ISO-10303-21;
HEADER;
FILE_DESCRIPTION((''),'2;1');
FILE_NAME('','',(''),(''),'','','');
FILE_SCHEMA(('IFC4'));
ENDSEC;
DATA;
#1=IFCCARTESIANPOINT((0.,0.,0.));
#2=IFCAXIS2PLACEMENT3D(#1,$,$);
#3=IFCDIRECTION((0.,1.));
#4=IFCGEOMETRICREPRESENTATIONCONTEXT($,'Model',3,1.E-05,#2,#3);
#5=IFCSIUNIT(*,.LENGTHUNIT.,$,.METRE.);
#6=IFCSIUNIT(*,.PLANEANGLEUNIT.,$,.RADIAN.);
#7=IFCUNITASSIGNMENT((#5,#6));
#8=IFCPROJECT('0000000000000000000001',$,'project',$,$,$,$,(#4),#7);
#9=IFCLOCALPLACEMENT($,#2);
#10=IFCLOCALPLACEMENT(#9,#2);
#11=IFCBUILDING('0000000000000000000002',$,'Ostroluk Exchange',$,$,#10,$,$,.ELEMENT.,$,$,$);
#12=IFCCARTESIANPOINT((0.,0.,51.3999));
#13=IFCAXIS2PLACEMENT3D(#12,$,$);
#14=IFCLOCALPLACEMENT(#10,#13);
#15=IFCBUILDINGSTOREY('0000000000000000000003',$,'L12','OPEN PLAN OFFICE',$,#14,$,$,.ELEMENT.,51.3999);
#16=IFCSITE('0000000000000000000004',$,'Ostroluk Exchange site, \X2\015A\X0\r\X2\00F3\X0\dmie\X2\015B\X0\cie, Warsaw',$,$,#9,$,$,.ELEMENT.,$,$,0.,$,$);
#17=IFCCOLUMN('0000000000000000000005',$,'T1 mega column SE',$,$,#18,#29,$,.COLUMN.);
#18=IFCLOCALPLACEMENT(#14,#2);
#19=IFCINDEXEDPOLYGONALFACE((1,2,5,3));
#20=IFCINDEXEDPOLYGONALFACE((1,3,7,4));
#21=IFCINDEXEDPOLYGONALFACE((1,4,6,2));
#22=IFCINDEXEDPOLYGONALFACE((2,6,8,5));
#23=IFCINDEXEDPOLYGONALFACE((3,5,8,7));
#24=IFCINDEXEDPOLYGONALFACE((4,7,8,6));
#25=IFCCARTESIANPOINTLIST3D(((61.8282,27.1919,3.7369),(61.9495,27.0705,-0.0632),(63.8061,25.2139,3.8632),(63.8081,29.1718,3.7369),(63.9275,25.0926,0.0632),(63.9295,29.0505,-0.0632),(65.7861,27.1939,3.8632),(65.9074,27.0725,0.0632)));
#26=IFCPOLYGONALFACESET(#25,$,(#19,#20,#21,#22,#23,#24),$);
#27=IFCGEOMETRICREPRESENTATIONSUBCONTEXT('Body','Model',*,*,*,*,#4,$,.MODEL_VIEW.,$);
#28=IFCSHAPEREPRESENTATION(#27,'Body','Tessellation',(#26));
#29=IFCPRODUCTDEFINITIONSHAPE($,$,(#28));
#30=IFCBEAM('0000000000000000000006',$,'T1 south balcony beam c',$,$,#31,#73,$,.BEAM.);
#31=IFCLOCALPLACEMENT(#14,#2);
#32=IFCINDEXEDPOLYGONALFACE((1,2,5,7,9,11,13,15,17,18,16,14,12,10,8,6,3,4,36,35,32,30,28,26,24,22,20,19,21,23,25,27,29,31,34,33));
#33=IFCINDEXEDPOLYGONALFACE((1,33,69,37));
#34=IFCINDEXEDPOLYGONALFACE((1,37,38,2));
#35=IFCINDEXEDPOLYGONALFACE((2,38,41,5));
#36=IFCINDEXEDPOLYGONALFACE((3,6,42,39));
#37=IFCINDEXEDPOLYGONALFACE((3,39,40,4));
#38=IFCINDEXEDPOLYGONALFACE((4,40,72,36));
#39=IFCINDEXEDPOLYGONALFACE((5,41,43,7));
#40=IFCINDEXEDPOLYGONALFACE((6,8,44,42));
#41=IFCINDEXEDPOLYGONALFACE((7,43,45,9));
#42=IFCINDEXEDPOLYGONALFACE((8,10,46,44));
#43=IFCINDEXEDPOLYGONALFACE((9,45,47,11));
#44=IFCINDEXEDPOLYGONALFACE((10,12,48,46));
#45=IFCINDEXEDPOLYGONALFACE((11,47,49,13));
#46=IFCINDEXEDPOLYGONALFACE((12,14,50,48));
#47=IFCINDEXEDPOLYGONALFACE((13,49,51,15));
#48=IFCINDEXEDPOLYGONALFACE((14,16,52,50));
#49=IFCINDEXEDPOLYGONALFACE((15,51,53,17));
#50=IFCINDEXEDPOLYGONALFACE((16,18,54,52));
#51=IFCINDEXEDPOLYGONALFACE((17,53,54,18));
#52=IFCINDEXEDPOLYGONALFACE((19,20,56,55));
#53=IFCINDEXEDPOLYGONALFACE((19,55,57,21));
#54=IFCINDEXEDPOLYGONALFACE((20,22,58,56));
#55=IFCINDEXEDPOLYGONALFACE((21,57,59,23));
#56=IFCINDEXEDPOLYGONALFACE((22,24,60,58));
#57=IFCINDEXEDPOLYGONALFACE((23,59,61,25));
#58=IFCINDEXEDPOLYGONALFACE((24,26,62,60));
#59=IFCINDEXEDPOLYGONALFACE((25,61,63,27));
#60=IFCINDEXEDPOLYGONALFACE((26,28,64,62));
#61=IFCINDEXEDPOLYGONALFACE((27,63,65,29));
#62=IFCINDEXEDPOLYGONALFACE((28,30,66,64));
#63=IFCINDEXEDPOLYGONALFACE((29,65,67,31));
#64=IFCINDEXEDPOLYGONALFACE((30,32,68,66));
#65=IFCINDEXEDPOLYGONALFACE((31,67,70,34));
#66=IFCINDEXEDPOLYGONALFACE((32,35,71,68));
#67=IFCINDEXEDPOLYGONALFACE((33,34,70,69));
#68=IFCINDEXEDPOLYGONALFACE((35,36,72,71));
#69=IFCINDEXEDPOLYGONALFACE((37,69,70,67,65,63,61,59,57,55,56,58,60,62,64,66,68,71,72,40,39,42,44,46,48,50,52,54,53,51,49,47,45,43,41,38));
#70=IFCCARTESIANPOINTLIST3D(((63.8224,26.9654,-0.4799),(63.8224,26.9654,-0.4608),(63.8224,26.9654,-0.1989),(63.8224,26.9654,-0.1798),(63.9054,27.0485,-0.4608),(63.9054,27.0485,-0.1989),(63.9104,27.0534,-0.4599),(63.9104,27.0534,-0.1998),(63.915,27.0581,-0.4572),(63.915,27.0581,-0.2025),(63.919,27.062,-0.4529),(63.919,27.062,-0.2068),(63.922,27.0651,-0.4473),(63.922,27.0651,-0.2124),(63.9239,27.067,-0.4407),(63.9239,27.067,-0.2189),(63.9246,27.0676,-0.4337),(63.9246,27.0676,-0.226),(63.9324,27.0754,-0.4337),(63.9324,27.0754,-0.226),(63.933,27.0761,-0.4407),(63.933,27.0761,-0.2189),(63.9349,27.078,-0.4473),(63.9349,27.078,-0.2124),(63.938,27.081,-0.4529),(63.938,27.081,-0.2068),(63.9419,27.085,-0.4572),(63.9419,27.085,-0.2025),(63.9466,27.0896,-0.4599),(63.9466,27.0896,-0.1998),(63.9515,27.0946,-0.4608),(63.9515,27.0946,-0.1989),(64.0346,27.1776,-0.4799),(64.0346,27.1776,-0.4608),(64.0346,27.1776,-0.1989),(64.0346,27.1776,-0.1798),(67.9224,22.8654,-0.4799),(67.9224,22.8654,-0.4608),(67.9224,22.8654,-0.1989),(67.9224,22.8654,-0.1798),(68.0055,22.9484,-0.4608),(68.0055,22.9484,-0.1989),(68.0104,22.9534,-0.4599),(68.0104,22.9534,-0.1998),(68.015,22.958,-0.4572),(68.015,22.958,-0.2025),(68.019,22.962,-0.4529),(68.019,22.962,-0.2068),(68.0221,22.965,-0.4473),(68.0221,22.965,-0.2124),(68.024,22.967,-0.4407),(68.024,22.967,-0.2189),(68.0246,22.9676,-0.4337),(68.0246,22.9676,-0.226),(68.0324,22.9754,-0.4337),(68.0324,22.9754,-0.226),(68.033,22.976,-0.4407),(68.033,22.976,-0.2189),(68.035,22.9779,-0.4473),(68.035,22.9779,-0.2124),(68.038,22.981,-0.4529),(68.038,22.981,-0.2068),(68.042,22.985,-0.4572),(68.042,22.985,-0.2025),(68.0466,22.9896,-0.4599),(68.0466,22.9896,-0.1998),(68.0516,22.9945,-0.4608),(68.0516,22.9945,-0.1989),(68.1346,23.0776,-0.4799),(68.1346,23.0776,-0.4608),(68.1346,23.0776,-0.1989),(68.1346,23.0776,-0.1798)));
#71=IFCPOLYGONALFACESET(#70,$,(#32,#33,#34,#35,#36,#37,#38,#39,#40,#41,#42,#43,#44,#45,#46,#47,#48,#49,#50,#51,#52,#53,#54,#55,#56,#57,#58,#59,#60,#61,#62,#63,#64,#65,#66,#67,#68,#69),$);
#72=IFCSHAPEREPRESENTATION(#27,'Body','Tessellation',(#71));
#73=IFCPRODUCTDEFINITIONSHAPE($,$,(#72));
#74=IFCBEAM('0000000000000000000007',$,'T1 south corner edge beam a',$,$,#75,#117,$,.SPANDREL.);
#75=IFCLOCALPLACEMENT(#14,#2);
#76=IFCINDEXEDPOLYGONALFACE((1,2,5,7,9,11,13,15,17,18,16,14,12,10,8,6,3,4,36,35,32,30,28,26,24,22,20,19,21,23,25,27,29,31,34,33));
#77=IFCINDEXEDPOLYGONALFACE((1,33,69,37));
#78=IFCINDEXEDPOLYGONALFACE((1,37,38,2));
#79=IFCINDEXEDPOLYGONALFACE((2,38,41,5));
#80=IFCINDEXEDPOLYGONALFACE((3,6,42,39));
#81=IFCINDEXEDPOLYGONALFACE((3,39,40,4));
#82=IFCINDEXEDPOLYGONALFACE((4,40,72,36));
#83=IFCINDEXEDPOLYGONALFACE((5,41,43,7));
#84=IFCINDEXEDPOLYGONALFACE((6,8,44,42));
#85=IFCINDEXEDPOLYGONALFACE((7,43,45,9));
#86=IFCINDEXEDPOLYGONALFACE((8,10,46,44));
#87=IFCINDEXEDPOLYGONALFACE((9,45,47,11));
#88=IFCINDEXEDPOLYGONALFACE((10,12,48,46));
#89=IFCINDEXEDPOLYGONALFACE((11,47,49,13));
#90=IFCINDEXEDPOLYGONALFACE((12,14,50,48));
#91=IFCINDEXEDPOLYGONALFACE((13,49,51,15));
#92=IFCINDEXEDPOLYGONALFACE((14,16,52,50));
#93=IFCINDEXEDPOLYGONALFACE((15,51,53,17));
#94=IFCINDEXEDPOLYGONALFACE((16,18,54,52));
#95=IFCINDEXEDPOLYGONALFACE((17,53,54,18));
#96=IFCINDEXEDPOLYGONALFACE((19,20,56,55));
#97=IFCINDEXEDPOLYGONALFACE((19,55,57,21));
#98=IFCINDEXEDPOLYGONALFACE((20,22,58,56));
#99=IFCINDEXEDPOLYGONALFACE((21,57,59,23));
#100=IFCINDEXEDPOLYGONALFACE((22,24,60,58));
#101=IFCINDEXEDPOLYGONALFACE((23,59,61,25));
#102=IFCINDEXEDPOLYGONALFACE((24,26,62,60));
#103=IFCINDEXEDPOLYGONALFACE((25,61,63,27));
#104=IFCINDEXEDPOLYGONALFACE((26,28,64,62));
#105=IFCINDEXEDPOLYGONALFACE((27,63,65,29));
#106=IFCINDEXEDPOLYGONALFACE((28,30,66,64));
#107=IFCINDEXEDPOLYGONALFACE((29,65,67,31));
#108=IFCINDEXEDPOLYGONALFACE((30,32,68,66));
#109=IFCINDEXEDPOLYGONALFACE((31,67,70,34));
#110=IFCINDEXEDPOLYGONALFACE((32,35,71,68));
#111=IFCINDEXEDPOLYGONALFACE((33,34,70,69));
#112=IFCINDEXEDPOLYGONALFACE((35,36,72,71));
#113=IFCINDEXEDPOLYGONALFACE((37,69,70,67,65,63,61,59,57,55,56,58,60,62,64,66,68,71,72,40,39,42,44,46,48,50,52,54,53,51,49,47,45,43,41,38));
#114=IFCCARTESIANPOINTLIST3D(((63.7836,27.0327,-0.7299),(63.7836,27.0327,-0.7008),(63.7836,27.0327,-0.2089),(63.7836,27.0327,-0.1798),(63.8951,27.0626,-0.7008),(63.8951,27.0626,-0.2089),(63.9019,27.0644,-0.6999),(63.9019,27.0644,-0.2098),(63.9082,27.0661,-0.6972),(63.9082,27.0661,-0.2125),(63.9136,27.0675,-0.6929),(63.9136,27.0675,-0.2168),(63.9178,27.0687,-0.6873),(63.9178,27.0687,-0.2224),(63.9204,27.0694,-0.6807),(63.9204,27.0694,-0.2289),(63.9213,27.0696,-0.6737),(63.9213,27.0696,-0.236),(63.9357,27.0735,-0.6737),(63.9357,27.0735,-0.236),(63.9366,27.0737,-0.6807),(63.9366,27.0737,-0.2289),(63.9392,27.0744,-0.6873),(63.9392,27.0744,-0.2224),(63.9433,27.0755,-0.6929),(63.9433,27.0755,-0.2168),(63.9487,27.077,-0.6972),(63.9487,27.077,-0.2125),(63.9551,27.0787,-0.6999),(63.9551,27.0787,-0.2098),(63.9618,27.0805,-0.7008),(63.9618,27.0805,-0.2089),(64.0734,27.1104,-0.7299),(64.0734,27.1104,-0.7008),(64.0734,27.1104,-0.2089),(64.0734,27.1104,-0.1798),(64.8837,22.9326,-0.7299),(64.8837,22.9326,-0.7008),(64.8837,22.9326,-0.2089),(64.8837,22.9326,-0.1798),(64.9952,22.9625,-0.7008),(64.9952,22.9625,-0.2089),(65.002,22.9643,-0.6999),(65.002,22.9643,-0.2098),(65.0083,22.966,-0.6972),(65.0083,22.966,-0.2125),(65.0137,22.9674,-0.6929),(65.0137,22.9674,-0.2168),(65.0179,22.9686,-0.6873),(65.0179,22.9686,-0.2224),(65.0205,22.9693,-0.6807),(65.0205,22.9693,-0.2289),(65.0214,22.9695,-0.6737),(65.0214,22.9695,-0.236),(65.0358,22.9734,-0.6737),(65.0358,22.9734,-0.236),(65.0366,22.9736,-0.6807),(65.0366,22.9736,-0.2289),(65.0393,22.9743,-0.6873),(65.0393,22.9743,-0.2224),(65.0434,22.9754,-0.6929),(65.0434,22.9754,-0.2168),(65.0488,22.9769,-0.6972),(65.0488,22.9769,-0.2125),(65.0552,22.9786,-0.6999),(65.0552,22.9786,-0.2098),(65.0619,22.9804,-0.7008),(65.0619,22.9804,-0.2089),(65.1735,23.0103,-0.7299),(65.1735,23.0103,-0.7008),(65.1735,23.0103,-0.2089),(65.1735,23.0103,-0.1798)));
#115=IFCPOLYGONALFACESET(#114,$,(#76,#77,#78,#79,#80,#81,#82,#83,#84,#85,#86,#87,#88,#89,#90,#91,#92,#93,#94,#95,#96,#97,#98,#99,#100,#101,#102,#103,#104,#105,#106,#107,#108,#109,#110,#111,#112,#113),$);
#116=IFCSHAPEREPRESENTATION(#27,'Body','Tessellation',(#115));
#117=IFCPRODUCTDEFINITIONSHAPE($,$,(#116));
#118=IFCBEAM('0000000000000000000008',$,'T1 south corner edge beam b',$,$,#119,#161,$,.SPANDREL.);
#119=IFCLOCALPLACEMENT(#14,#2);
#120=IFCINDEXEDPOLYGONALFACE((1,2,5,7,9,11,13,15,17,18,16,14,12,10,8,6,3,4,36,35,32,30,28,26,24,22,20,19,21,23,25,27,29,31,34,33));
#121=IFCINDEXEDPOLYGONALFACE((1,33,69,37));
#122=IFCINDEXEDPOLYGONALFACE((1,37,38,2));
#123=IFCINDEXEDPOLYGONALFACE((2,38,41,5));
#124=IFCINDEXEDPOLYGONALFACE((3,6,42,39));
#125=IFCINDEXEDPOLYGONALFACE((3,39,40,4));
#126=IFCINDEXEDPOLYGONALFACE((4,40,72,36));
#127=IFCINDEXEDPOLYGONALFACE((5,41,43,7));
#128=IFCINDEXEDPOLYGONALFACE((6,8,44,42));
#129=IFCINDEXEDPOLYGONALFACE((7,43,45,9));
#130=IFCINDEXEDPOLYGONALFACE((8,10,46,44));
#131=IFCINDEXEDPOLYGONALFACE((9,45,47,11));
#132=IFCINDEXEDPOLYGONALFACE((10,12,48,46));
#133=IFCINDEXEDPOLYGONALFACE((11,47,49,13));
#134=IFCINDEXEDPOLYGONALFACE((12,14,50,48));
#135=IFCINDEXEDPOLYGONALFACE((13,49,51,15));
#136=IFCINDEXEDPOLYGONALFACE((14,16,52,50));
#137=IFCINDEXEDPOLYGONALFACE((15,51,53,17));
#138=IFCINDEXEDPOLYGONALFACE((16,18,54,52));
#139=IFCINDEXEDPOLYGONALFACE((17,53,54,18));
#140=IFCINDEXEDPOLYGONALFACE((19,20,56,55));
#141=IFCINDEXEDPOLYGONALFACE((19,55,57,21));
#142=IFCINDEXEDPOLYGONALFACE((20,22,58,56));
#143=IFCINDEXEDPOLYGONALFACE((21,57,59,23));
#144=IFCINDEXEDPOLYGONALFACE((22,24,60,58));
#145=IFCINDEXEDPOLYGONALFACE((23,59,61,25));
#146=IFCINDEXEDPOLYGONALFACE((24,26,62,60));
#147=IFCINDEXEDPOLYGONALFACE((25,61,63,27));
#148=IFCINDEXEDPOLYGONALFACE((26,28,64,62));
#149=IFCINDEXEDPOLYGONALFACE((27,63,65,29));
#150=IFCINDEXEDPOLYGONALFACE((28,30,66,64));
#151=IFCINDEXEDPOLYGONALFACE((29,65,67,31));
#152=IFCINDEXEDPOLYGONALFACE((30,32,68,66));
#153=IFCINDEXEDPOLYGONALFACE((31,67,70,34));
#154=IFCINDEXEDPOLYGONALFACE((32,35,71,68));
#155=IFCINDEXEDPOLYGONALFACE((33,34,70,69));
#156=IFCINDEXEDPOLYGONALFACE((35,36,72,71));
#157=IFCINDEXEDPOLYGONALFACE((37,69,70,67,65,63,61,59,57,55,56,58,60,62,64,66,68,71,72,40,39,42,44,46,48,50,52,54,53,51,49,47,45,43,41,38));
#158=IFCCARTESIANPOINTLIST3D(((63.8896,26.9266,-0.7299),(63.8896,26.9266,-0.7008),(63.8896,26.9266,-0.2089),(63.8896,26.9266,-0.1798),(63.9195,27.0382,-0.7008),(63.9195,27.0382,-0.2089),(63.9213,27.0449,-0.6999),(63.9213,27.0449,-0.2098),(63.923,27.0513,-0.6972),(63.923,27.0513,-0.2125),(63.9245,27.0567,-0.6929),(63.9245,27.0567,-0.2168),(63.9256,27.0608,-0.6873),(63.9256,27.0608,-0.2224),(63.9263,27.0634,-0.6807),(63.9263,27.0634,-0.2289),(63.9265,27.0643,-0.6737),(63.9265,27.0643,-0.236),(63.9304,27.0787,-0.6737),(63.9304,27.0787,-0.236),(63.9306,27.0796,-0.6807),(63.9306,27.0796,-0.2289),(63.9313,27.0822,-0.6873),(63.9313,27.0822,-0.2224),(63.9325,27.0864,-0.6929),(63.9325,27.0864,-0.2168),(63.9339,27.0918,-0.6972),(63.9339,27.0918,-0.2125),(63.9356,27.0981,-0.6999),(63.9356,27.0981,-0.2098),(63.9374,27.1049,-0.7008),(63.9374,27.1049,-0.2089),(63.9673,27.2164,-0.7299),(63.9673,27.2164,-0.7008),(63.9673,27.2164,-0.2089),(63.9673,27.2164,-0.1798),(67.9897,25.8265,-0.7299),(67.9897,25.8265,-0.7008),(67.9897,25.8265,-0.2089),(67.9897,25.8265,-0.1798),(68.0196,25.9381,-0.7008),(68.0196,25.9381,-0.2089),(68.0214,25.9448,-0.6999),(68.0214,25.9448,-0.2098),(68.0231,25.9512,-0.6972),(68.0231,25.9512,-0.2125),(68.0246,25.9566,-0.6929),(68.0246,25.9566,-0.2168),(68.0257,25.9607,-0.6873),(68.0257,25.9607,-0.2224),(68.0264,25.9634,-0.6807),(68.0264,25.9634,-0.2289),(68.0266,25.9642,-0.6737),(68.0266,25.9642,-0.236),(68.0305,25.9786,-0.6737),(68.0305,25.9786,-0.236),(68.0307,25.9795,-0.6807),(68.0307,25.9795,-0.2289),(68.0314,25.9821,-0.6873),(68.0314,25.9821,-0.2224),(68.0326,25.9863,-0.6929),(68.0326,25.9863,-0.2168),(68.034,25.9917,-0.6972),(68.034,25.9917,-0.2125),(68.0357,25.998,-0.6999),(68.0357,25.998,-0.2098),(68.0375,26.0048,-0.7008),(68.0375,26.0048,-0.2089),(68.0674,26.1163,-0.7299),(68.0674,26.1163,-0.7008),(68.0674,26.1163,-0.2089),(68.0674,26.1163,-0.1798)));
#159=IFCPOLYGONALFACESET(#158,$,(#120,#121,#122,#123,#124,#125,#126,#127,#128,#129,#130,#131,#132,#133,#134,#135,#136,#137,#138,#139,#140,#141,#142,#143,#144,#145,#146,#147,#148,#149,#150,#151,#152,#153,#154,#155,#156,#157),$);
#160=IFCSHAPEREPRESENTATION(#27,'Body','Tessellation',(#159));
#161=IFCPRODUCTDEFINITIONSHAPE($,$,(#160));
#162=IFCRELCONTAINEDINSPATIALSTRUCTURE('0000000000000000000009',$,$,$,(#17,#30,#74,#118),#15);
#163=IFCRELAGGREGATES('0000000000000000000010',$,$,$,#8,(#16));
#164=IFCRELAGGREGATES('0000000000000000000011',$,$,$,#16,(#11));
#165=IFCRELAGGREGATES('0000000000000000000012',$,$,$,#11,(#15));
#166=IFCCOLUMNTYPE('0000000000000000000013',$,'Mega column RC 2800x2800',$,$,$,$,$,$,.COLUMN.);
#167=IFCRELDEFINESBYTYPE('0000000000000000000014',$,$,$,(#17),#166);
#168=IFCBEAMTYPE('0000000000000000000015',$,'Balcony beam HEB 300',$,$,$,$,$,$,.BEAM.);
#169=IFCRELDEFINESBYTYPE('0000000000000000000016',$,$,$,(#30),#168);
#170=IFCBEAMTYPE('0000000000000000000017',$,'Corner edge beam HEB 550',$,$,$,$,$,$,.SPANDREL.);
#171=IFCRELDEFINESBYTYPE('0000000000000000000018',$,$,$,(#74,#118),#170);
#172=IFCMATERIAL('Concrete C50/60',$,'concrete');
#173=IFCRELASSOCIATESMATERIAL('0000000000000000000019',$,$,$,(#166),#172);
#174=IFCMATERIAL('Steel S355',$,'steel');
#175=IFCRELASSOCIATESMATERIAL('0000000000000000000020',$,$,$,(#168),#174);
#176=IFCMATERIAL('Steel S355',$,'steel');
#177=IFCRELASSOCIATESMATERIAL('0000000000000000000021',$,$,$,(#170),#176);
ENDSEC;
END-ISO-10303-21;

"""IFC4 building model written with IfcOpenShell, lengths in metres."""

from ifc_helpers import new_model, si_unit, direction, frame, origin, origin_2d, place, context, subcontext, project, spatial, rectangle, i_section, extrude, material, material_profile, profile_set, type_object, element, save


model = new_model("IFC4")

# Units and contexts
model_context = context("Model", 3, precision=1e-05, world=origin(), true_north=direction((0.0, 1.0)))
body_context = subcontext(model_context, "Body", "Model", "MODEL_VIEW")
ifc_project = project(units=[si_unit("LENGTHUNIT", "METRE"), si_unit("PLANEANGLEUNIT", "RADIAN")], contexts=[model_context])

# Site, building, storey
site_placement = place(None, origin())
site = spatial("IfcSite", under=ifc_project, at=site_placement, Name="Ostroluk Exchange site, Śródmieście, Warsaw", CompositionType="ELEMENT", RefElevation=0.0)
building_placement = place(site_placement, origin())
building = spatial("IfcBuilding", under=site, at=building_placement, Name="Ostroluk Exchange", CompositionType="ELEMENT")
storey_placement = place(building_placement, frame((0.0, 0.0, 51.3999)))
storey = spatial("IfcBuildingStorey", under=building, at=storey_placement, Name="L12", Description="OPEN PLAN OFFICE", CompositionType="ELEMENT", Elevation=51.3999)

# Column
ifc_material_1 = material(Name="Concrete C50/60", Category="concrete")
ifc_material_profile_1 = material_profile(ifc_material_1, rectangle(XDim=2.8, YDim=2.8, at=origin_2d()), Name="RC 2800x2800")
ifc_profile_set_1 = profile_set([ifc_material_profile_1], Name="Concrete C50/60")
column_type = type_object("IfcColumnType", Name="Mega column RC 2800x2800", PredefinedType="COLUMN", material=ifc_profile_set_1)
column_placement = place(storey_placement, frame((63.9285, 27.0715, 0.0), z_axis=(-0.031898, 0.031898, 0.998982), x_axis=(-0.707107, -0.707107, 0.0)))
element("IfcColumn", 1, at=column_placement, inside=storey, type_object=column_type, Name="T1 mega column SE", PredefinedType="COLUMN", context=body_context, shape_type="SweptSolid", body=[
    extrude(rectangle(XDim=2.8, YDim=2.8, at=origin_2d()), origin(), (0.0, 0.0, 1.0), 3.804),
])

# Beams
ifc_material_2 = material(Name="Steel S355", Category="steel")
ifc_material_profile_2 = material_profile(ifc_material_2, i_section(OverallWidth=0.3, OverallDepth=0.3, WebThickness=0.011, FlangeThickness=0.019, FilletRadius=0.0271, at=origin_2d()), Name="HEB 300")
ifc_profile_set_2 = profile_set([ifc_material_profile_2], Name="Steel S355")
beam_type_1 = type_object("IfcBeamType", Name="Balcony beam HEB 300", PredefinedType="BEAM", material=ifc_profile_set_2)
beam_1_placement = place(storey_placement, frame((63.9285, 27.0715, -0.3298), z_axis=(0.707107, -0.707107, 0.0), x_axis=(0.707107, 0.707107, 0.0)))
element("IfcBeam", 2, at=beam_1_placement, inside=storey, type_object=beam_type_1, Name="T1 south balcony beam c", PredefinedType="BEAM", context=body_context, shape_type="SweptSolid", body=[
    extrude(i_section(OverallWidth=0.3, OverallDepth=0.3, WebThickness=0.011, FlangeThickness=0.019, FilletRadius=0.0271, at=origin_2d()), origin(), (0.0, 0.0, 1.0), 5.7983),
])
ifc_material_3 = material(Name="Steel S355", Category="steel")
ifc_material_profile_3 = material_profile(ifc_material_3, i_section(OverallWidth=0.3, OverallDepth=0.55, WebThickness=0.0149, FlangeThickness=0.0291, FilletRadius=0.0271, at=origin_2d()), Name="HEB 550")
ifc_profile_set_3 = profile_set([ifc_material_profile_3], Name="Steel S355")
beam_type_2 = type_object("IfcBeamType", Name="Corner edge beam HEB 550", PredefinedType="SPANDREL", material=ifc_profile_set_3)
for number, where, z_axis, x_axis, name in (
    (3, (63.9285, 27.0715, -0.4548), (0.259144, -0.965839, 0.0), (0.965839, 0.259144, 0.0), "T1 south corner edge beam a"),
    (4, (63.9285, 27.0715, -0.4548), (0.965839, -0.259144, 0.0), (0.259144, 0.965839, 0.0), "T1 south corner edge beam b"),
):
    element("IfcBeam", number, at=place(storey_placement, frame(where, z_axis=z_axis, x_axis=x_axis)), inside=storey, type_object=beam_type_2, Name=name, PredefinedType="SPANDREL", context=body_context, shape_type="SweptSolid", body=[
        extrude(i_section(OverallWidth=0.3, OverallDepth=0.55, WebThickness=0.0149, FlangeThickness=0.0291, FilletRadius=0.0271, at=origin_2d()), origin(), (0.0, 0.0, 1.0), 4.2451),
    ])

save(model, "model.ifc")
